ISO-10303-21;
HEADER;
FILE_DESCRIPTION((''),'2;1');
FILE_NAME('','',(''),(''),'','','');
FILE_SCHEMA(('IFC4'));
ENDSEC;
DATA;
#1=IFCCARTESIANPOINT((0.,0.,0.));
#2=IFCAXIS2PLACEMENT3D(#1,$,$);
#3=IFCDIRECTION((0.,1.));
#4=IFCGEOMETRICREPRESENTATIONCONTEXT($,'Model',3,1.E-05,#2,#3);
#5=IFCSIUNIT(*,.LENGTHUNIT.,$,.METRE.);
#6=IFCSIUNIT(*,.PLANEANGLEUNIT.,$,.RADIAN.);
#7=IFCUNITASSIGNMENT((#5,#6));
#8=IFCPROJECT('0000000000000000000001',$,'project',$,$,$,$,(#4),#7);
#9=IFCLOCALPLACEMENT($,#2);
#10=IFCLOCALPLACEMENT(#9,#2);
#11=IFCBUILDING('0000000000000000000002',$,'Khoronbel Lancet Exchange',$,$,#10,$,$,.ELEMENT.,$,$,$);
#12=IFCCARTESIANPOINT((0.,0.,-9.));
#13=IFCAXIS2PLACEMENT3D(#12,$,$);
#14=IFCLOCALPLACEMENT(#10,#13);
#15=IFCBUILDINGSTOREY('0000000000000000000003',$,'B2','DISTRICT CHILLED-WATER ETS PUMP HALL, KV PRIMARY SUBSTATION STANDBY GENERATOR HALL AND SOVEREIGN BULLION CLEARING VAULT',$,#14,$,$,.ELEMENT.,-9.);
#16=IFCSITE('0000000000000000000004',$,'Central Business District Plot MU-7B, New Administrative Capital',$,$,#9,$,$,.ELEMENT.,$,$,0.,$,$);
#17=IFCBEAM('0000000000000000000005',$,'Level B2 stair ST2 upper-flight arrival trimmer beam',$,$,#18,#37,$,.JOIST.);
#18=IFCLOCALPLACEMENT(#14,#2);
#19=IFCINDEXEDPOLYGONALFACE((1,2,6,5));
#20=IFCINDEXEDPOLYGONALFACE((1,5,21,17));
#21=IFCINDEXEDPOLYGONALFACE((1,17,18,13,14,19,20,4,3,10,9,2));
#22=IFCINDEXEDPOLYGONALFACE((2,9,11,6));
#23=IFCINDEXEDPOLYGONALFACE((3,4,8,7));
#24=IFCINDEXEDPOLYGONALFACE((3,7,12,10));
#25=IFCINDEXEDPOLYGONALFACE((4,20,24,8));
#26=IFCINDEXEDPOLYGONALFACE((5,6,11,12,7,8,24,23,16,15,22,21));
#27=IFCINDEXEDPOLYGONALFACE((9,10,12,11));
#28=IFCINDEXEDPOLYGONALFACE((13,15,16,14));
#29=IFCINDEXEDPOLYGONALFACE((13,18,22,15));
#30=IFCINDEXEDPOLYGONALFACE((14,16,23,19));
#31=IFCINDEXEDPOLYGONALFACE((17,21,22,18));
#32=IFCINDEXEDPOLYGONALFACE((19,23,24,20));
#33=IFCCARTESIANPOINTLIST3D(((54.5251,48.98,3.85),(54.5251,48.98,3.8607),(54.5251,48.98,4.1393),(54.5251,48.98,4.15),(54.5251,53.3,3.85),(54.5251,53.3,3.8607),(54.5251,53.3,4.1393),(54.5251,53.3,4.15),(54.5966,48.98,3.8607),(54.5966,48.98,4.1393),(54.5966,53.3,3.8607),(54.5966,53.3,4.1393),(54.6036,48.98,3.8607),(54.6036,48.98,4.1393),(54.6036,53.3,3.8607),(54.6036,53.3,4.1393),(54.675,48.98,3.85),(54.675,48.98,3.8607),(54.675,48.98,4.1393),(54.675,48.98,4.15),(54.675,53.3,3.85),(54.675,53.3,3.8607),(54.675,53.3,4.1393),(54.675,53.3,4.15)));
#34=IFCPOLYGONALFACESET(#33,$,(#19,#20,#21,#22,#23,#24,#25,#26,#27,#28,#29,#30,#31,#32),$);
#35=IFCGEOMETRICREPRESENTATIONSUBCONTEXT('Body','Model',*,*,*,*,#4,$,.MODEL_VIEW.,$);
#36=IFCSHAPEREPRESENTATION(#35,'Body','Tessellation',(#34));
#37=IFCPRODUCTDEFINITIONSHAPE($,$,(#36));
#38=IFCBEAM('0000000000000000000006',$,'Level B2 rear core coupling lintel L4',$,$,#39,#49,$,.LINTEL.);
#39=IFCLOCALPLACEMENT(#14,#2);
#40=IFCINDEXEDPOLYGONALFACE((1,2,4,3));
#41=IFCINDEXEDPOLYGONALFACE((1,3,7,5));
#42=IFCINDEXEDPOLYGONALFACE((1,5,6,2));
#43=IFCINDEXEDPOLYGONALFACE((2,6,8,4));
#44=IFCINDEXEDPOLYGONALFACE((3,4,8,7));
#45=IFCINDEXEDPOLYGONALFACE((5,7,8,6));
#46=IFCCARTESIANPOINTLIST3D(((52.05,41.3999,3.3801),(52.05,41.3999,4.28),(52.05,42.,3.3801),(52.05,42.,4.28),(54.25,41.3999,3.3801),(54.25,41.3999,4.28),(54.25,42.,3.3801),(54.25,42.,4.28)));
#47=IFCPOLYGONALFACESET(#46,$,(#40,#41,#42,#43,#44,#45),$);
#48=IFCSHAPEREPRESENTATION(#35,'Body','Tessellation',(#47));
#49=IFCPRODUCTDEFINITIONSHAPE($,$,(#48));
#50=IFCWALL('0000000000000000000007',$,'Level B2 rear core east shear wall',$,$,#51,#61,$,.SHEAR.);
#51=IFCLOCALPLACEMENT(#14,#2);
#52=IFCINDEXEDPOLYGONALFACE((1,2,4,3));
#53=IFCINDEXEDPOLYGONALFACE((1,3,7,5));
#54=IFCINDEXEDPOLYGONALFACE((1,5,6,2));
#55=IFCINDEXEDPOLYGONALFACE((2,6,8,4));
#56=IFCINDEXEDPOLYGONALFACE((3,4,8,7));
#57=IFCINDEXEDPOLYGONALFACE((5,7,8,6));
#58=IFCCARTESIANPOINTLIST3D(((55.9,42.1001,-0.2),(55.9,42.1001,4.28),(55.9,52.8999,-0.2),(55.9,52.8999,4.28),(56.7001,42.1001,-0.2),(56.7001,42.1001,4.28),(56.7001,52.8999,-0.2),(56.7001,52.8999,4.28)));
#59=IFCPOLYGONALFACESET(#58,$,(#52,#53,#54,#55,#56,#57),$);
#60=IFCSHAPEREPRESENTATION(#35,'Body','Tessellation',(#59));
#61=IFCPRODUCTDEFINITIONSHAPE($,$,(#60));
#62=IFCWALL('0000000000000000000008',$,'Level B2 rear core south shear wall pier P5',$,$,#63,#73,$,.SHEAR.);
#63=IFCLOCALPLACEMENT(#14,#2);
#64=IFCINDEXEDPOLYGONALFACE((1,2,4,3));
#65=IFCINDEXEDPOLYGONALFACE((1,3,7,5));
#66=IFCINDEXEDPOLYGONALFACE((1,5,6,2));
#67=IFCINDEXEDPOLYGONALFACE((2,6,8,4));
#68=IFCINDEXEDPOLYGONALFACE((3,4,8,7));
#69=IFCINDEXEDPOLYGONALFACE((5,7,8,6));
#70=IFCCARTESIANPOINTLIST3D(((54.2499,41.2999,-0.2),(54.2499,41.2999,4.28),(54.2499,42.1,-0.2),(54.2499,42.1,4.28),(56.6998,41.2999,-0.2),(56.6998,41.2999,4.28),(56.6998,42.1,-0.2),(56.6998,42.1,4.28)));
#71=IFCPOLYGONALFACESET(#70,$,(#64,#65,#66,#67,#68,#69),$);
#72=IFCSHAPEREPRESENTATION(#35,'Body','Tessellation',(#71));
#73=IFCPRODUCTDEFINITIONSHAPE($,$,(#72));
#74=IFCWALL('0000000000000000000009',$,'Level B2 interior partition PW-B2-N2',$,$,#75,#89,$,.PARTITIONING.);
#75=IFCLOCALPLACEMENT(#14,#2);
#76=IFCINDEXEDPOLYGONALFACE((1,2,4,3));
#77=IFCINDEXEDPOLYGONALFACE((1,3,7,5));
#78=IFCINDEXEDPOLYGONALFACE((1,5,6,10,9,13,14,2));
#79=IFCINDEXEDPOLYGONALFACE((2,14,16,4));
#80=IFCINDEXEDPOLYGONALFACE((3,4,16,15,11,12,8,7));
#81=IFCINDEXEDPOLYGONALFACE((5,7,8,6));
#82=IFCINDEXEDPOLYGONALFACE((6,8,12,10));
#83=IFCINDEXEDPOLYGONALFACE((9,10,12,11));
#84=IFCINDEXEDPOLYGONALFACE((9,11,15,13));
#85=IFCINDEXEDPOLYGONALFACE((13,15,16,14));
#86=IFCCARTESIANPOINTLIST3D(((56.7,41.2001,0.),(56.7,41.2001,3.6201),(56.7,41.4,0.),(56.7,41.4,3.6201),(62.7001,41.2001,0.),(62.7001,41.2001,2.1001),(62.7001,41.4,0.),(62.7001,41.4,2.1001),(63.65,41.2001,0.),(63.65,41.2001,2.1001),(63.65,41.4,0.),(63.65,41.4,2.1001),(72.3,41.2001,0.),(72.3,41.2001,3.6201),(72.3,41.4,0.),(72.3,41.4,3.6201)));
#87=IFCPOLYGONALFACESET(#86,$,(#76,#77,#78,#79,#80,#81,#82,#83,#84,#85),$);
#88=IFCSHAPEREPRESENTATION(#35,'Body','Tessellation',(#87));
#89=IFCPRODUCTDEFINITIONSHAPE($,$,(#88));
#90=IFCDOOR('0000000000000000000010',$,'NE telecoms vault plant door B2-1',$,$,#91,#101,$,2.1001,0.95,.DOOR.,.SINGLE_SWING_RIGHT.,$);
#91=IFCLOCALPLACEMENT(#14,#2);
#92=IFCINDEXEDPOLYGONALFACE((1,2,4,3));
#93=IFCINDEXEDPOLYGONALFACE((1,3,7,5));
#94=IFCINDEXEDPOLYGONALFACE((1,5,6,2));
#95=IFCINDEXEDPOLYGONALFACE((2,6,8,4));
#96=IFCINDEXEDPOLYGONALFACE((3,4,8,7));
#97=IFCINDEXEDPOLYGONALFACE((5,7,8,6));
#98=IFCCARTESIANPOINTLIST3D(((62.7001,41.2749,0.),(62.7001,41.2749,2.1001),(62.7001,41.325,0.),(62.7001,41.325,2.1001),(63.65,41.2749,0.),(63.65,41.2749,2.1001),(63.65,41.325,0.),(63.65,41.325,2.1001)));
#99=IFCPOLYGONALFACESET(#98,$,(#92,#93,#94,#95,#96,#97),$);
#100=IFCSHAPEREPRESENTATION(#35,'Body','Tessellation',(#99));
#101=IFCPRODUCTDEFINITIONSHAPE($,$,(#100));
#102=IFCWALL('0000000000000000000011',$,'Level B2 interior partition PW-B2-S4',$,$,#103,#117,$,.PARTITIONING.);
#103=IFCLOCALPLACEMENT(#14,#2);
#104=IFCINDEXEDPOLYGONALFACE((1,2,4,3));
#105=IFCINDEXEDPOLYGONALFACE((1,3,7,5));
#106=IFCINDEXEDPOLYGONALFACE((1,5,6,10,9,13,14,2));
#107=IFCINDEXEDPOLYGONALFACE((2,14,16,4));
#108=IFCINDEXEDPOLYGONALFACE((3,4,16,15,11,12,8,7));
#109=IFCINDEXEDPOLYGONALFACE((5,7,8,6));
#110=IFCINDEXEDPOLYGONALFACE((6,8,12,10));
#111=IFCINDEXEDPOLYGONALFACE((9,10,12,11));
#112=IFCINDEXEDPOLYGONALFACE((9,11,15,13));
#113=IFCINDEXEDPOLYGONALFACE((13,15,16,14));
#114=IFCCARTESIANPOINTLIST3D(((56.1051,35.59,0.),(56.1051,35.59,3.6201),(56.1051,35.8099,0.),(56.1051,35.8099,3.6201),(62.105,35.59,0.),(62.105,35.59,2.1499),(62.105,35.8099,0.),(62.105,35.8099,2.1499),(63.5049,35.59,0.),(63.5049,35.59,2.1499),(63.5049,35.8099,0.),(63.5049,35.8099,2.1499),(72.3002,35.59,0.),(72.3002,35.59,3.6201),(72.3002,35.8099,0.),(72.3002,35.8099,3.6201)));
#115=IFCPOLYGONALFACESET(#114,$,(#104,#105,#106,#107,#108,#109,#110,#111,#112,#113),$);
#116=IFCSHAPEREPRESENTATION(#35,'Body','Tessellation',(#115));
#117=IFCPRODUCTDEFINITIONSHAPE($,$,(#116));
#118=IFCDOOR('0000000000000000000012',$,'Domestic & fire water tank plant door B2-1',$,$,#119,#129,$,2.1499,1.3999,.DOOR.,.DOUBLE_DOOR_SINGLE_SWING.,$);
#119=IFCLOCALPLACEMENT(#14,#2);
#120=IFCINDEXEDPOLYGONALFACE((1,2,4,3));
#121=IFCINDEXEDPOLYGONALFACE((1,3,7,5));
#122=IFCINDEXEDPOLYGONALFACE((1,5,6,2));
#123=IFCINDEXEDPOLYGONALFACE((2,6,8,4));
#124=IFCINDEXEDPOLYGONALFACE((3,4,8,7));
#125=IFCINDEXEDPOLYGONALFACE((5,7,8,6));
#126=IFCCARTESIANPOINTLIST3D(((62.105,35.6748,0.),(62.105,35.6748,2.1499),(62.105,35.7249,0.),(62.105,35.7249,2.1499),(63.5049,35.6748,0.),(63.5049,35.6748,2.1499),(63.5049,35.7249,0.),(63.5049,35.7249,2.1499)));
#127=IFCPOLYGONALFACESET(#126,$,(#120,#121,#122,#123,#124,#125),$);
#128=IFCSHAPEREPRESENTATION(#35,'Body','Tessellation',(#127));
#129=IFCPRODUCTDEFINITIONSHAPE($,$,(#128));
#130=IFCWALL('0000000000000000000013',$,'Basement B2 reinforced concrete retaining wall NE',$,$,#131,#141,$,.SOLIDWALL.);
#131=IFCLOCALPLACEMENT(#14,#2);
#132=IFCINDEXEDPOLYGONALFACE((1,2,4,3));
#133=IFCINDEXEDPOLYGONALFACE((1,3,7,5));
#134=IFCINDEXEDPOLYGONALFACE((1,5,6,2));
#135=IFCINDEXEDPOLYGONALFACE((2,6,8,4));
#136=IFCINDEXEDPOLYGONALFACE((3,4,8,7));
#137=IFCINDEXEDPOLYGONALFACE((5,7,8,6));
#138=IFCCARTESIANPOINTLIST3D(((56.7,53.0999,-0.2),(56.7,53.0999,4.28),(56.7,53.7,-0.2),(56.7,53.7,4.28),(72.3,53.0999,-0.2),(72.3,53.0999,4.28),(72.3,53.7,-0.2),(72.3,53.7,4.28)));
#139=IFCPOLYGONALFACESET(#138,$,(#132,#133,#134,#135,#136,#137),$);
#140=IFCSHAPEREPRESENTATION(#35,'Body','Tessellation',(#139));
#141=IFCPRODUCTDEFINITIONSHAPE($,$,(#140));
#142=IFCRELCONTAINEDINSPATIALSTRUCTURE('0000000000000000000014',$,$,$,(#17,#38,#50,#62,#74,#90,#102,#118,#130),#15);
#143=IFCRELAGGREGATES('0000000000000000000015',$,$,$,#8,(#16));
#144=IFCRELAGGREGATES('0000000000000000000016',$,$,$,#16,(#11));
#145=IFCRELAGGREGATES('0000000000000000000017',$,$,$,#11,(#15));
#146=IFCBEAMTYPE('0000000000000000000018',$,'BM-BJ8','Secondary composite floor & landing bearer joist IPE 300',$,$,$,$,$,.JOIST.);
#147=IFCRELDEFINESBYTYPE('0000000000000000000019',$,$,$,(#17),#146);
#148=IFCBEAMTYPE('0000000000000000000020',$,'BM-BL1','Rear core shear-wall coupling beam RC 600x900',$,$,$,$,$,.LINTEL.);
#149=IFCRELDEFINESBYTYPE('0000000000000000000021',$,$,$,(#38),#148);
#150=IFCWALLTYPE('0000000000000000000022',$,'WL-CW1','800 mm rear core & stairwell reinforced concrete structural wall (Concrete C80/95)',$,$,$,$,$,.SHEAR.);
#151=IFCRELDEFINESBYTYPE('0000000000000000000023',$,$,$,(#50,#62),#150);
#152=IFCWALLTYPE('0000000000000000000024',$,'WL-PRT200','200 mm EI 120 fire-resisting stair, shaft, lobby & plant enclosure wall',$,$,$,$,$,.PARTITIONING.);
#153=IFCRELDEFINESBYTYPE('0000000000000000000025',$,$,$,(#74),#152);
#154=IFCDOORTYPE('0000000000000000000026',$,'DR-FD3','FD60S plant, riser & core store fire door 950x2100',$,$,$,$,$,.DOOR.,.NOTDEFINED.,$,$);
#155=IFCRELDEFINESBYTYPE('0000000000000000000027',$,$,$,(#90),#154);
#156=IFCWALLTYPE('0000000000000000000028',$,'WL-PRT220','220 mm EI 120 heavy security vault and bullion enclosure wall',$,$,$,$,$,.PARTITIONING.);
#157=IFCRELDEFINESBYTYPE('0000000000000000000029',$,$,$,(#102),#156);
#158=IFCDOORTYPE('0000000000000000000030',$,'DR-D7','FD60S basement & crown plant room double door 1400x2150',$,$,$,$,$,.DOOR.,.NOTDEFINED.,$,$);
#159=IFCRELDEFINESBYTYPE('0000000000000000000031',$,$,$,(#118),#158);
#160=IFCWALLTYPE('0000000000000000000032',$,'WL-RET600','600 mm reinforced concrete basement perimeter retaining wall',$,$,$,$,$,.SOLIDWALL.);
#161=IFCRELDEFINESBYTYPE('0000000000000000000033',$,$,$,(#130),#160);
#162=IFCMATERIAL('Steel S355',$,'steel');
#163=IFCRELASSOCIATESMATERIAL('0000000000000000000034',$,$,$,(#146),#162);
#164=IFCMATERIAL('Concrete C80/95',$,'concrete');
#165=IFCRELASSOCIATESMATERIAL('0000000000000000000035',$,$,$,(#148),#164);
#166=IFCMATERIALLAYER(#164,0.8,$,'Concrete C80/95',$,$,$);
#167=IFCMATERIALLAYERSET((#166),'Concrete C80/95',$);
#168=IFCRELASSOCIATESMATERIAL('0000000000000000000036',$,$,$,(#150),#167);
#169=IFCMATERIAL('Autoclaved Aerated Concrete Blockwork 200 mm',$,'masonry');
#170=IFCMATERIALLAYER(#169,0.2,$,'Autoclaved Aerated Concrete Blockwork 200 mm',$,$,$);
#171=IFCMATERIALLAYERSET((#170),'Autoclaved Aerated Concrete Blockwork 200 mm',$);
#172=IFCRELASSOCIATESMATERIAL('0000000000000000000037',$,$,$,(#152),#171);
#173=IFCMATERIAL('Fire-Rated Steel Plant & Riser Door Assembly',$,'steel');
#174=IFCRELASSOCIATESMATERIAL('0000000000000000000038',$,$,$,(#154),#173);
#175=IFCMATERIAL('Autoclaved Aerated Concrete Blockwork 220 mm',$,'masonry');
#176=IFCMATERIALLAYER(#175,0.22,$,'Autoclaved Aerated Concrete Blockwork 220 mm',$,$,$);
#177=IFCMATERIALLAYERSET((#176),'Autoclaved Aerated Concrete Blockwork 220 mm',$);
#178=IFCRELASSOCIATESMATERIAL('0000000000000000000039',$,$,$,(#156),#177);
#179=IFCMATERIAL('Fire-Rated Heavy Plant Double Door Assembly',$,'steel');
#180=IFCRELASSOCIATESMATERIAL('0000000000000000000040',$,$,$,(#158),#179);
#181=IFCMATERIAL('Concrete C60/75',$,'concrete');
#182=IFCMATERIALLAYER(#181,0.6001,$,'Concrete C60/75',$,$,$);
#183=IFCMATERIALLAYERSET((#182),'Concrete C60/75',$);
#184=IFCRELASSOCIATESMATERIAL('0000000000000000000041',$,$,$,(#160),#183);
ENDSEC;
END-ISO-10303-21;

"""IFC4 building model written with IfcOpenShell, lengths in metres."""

from ifc_helpers import new_model, si_unit, direction, frame, frame_2d, origin, origin_2d, place, context, subcontext, project, spatial, rectangle, i_section, extrude, material, layer, layer_set, material_profile, profile_set, type_object, element, fill, save


model = new_model("IFC4")

# Units and contexts
model_context = context("Model", 3, precision=1e-05, world=origin(), true_north=direction((0.0, 1.0)))
body_context = subcontext(model_context, "Body", "Model", "MODEL_VIEW")
ifc_project = project(units=[si_unit("LENGTHUNIT", "METRE"), si_unit("PLANEANGLEUNIT", "RADIAN")], contexts=[model_context])

# Site, building, storey
site_placement = place(None, origin())
site = spatial("IfcSite", under=ifc_project, at=site_placement, Name="Central Business District Plot MU-7B, New Administrative Capital", CompositionType="ELEMENT", RefElevation=0.0)
building_placement = place(site_placement, origin())
building = spatial("IfcBuilding", under=site, at=building_placement, Name="Khoronbel Lancet Exchange", CompositionType="ELEMENT")
storey_placement = place(building_placement, frame((0.0, 0.0, -9.0)))
storey = spatial("IfcBuildingStorey", under=building, at=storey_placement, Name="B2", Description="DISTRICT CHILLED-WATER ETS PUMP HALL, KV PRIMARY SUBSTATION STANDBY GENERATOR HALL AND SOVEREIGN BULLION CLEARING VAULT", CompositionType="ELEMENT", Elevation=-9.0)

# Beams
ifc_material_1 = material(Name="Steel S355", Category="steel")
ifc_material_profile_1 = material_profile(ifc_material_1, i_section(OverallWidth=0.1499, OverallDepth=0.3, WebThickness=0.0071, FlangeThickness=0.0107, at=origin_2d()), Name="IPE 300")
ifc_profile_set_1 = profile_set([ifc_material_profile_1], Name="Steel S355")
beam_type_1 = type_object("IfcBeamType", Name="BM-BJ8", Description="Secondary composite floor & landing bearer joist IPE 300", PredefinedType="JOIST", material=ifc_profile_set_1)
beam_1_placement = place(storey_placement, frame((54.6001, 48.98, 4.0), z_axis=(0.0, 1.0, 0.0), x_axis=(-1.0, 0.0, 0.0)))
element("IfcBeam", 1, at=beam_1_placement, inside=storey, type_object=beam_type_1, Name="Level B2 stair ST2 upper-flight arrival trimmer beam", PredefinedType="JOIST", context=body_context, shape_type="SweptSolid", body=[
    extrude(i_section(OverallWidth=0.1499, OverallDepth=0.3, WebThickness=0.0071, FlangeThickness=0.0107, at=origin_2d()), origin(), (0.0, 0.0, 1.0), 4.3201),
])
ifc_material_2 = material(Name="Concrete C80/95", Category="concrete")
ifc_material_profile_2 = material_profile(ifc_material_2, rectangle(XDim=0.6001, YDim=0.8999, at=origin_2d()), Name="RC 600x900")
ifc_profile_set_2 = profile_set([ifc_material_profile_2], Name="Concrete C80/95")
beam_type_2 = type_object("IfcBeamType", Name="BM-BL1", Description="Rear core shear-wall coupling beam RC 600x900", PredefinedType="LINTEL", material=ifc_profile_set_2)
beam_2_placement = place(storey_placement, frame((52.05, 41.7, 3.8301), z_axis=(1.0, 0.0, 0.0), x_axis=(0.0, 1.0, 0.0)))
element("IfcBeam", 2, at=beam_2_placement, inside=storey, type_object=beam_type_2, Name="Level B2 rear core coupling lintel L4", PredefinedType="LINTEL", context=body_context, shape_type="SweptSolid", body=[
    extrude(rectangle(XDim=0.6001, YDim=0.8999, at=origin_2d()), origin(), (0.0, 0.0, 1.0), 2.2),
])

# Walls
ifc_layer_1 = layer(ifc_material_2, 0.8, Name="Concrete C80/95")
ifc_layer_set_1 = layer_set([ifc_layer_1], Name="Concrete C80/95")
wall_type_1 = type_object("IfcWallType", Name="WL-CW1", Description="800 mm rear core & stairwell reinforced concrete structural wall (Concrete C80/95)", PredefinedType="SHEAR", material=ifc_layer_set_1)
wall_1_placement = place(storey_placement, frame((56.3, 52.8999, -0.2), z_axis=(0.0, 0.0, 1.0), x_axis=(0.0, -1.0, 0.0)))
element("IfcWall", 3, at=wall_1_placement, inside=storey, type_object=wall_type_1, Name="Level B2 rear core east shear wall", PredefinedType="SHEAR", context=body_context, shape_type="SweptSolid", body=[
    extrude(rectangle(XDim=10.7998, YDim=0.8, at=frame_2d((5.3999, 0.0))), origin(), (0.0, 0.0, 1.0), 4.48),
])
wall_2_placement = place(storey_placement, frame((56.7, 41.7, -0.2), z_axis=(0.0, 0.0, 1.0), x_axis=(-1.0, 0.0, 0.0)))
element("IfcWall", 4, at=wall_2_placement, inside=storey, type_object=wall_type_1, Name="Level B2 rear core south shear wall pier P5", PredefinedType="SHEAR", context=body_context, shape_type="SweptSolid", body=[
    extrude(rectangle(XDim=2.45, YDim=0.8, at=frame_2d((1.2251, 0.0))), origin(), (0.0, 0.0, 1.0), 4.48),
])

# Walls, openings, doors
ifc_material_3 = material(Name="Autoclaved Aerated Concrete Blockwork 200 mm", Category="masonry")
ifc_layer_2 = layer(ifc_material_3, 0.2, Name="Autoclaved Aerated Concrete Blockwork 200 mm")
ifc_layer_set_2 = layer_set([ifc_layer_2], Name="Autoclaved Aerated Concrete Blockwork 200 mm")
wall_type_2 = type_object("IfcWallType", Name="WL-PRT200", Description="200 mm EI 120 fire-resisting stair, shaft, lobby & plant enclosure wall", PredefinedType="PARTITIONING", material=ifc_layer_set_2)
wall_3_placement = place(storey_placement, frame((56.7, 41.3, 0.0), z_axis=(0.0, 0.0, 1.0), x_axis=(1.0, 0.0, 0.0)))
wall_3 = element("IfcWall", 5, at=wall_3_placement, inside=storey, type_object=wall_type_2, Name="Level B2 interior partition PW-B2-N2", PredefinedType="PARTITIONING", context=body_context, shape_type="SweptSolid", body=[
    extrude(rectangle(XDim=15.6001, YDim=0.2, at=frame_2d((7.8, 0.0))), origin(), (0.0, 0.0, 1.0), 3.6201),
])
opening_1_placement = place(wall_3_placement, frame((6.0, 0.0, 0.0)))
opening_1 = element("IfcOpeningElement", 6, at=opening_1_placement, cuts=wall_3, PredefinedType="OPENING", context=body_context, shape_type="SweptSolid", body=[
    extrude(rectangle(XDim=0.95, YDim=2.1001, at=frame_2d((0.4751, 1.05))), frame((0.0, 0.1099, 0.0), z_axis=(0.0, -1.0, 0.0), x_axis=(1.0, 0.0, 0.0)), (0.0, 0.0, 1.0), 0.22),
])
ifc_material_4 = material(Name="Fire-Rated Steel Plant & Riser Door Assembly", Category="steel")
door_type_1 = type_object("IfcDoorType", Name="DR-FD3", Description="FD60S plant, riser & core store fire door 950x2100", OperationType="NOTDEFINED", PredefinedType="DOOR", material=ifc_material_4)
door_1_placement = place(opening_1_placement, origin())
door_1 = element("IfcDoor", 7, at=door_1_placement, inside=storey, type_object=door_type_1, Name="NE telecoms vault plant door B2-1", OperationType="SINGLE_SWING_RIGHT", OverallHeight=2.1001, OverallWidth=0.95, PredefinedType="DOOR", context=body_context, shape_type="SweptSolid", body=[
    extrude(rectangle(XDim=0.95, YDim=2.1001, at=frame_2d((0.4751, 1.05))), frame((0.0, 0.0249, 0.0), z_axis=(0.0, -1.0, 0.0), x_axis=(1.0, 0.0, 0.0)), (0.0, 0.0, 1.0), 0.05),
])
fill(opening_1, door_1)
ifc_material_5 = material(Name="Autoclaved Aerated Concrete Blockwork 220 mm", Category="masonry")
ifc_layer_3 = layer(ifc_material_5, 0.22, Name="Autoclaved Aerated Concrete Blockwork 220 mm")
ifc_layer_set_3 = layer_set([ifc_layer_3], Name="Autoclaved Aerated Concrete Blockwork 220 mm")
wall_type_3 = type_object("IfcWallType", Name="WL-PRT220", Description="220 mm EI 120 heavy security vault and bullion enclosure wall", PredefinedType="PARTITIONING", material=ifc_layer_set_3)
wall_4_placement = place(storey_placement, frame((56.105, 35.7, 0.0), z_axis=(0.0, 0.0, 1.0), x_axis=(1.0, 0.0, 0.0)))
wall_4 = element("IfcWall", 8, at=wall_4_placement, inside=storey, type_object=wall_type_3, Name="Level B2 interior partition PW-B2-S4", PredefinedType="PARTITIONING", context=body_context, shape_type="SweptSolid", body=[
    extrude(rectangle(XDim=16.1951, YDim=0.22, at=frame_2d((8.0977, 0.0))), origin(), (0.0, 0.0, 1.0), 3.6201),
])
opening_2_placement = place(wall_4_placement, frame((6.0, 0.0, 0.0)))
opening_2 = element("IfcOpeningElement", 9, at=opening_2_placement, cuts=wall_4, PredefinedType="OPENING", context=body_context, shape_type="SweptSolid", body=[
    extrude(rectangle(XDim=1.3999, YDim=2.1499, at=frame_2d((0.7, 1.075))), frame((0.0, 0.1201, 0.0), z_axis=(0.0, -1.0, 0.0), x_axis=(1.0, 0.0, 0.0)), (0.0, 0.0, 1.0), 0.24),
])
ifc_material_6 = material(Name="Fire-Rated Heavy Plant Double Door Assembly", Category="steel")
door_type_2 = type_object("IfcDoorType", Name="DR-D7", Description="FD60S basement & crown plant room double door 1400x2150", OperationType="NOTDEFINED", PredefinedType="DOOR", material=ifc_material_6)
door_2_placement = place(opening_2_placement, origin())
door_2 = element("IfcDoor", 10, at=door_2_placement, inside=storey, type_object=door_type_2, Name="Domestic & fire water tank plant door B2-1", OperationType="DOUBLE_DOOR_SINGLE_SWING", OverallHeight=2.1499, OverallWidth=1.3999, PredefinedType="DOOR", context=body_context, shape_type="SweptSolid", body=[
    extrude(rectangle(XDim=1.3999, YDim=2.1499, at=frame_2d((0.7, 1.075))), frame((0.0, 0.0249, 0.0), z_axis=(0.0, -1.0, 0.0), x_axis=(1.0, 0.0, 0.0)), (0.0, 0.0, 1.0), 0.05),
])
fill(opening_2, door_2)

# Wall
ifc_material_7 = material(Name="Concrete C60/75", Category="concrete")
ifc_layer_4 = layer(ifc_material_7, 0.6001, Name="Concrete C60/75")
ifc_layer_set_4 = layer_set([ifc_layer_4], Name="Concrete C60/75")
wall_type_4 = type_object("IfcWallType", Name="WL-RET600", Description="600 mm reinforced concrete basement perimeter retaining wall", PredefinedType="SOLIDWALL", material=ifc_layer_set_4)
wall_5_placement = place(storey_placement, frame((56.7, 53.3999, -0.2), z_axis=(0.0, 0.0, 1.0), x_axis=(1.0, 0.0, 0.0)))
element("IfcWall", 11, at=wall_5_placement, inside=storey, type_object=wall_type_4, Name="Basement B2 reinforced concrete retaining wall NE", PredefinedType="SOLIDWALL", context=body_context, shape_type="SweptSolid", body=[
    extrude(rectangle(XDim=15.6001, YDim=0.6001, at=frame_2d((7.8, 0.0))), origin(), (0.0, 0.0, 1.0), 4.48),
])

save(model, "model.ifc")
